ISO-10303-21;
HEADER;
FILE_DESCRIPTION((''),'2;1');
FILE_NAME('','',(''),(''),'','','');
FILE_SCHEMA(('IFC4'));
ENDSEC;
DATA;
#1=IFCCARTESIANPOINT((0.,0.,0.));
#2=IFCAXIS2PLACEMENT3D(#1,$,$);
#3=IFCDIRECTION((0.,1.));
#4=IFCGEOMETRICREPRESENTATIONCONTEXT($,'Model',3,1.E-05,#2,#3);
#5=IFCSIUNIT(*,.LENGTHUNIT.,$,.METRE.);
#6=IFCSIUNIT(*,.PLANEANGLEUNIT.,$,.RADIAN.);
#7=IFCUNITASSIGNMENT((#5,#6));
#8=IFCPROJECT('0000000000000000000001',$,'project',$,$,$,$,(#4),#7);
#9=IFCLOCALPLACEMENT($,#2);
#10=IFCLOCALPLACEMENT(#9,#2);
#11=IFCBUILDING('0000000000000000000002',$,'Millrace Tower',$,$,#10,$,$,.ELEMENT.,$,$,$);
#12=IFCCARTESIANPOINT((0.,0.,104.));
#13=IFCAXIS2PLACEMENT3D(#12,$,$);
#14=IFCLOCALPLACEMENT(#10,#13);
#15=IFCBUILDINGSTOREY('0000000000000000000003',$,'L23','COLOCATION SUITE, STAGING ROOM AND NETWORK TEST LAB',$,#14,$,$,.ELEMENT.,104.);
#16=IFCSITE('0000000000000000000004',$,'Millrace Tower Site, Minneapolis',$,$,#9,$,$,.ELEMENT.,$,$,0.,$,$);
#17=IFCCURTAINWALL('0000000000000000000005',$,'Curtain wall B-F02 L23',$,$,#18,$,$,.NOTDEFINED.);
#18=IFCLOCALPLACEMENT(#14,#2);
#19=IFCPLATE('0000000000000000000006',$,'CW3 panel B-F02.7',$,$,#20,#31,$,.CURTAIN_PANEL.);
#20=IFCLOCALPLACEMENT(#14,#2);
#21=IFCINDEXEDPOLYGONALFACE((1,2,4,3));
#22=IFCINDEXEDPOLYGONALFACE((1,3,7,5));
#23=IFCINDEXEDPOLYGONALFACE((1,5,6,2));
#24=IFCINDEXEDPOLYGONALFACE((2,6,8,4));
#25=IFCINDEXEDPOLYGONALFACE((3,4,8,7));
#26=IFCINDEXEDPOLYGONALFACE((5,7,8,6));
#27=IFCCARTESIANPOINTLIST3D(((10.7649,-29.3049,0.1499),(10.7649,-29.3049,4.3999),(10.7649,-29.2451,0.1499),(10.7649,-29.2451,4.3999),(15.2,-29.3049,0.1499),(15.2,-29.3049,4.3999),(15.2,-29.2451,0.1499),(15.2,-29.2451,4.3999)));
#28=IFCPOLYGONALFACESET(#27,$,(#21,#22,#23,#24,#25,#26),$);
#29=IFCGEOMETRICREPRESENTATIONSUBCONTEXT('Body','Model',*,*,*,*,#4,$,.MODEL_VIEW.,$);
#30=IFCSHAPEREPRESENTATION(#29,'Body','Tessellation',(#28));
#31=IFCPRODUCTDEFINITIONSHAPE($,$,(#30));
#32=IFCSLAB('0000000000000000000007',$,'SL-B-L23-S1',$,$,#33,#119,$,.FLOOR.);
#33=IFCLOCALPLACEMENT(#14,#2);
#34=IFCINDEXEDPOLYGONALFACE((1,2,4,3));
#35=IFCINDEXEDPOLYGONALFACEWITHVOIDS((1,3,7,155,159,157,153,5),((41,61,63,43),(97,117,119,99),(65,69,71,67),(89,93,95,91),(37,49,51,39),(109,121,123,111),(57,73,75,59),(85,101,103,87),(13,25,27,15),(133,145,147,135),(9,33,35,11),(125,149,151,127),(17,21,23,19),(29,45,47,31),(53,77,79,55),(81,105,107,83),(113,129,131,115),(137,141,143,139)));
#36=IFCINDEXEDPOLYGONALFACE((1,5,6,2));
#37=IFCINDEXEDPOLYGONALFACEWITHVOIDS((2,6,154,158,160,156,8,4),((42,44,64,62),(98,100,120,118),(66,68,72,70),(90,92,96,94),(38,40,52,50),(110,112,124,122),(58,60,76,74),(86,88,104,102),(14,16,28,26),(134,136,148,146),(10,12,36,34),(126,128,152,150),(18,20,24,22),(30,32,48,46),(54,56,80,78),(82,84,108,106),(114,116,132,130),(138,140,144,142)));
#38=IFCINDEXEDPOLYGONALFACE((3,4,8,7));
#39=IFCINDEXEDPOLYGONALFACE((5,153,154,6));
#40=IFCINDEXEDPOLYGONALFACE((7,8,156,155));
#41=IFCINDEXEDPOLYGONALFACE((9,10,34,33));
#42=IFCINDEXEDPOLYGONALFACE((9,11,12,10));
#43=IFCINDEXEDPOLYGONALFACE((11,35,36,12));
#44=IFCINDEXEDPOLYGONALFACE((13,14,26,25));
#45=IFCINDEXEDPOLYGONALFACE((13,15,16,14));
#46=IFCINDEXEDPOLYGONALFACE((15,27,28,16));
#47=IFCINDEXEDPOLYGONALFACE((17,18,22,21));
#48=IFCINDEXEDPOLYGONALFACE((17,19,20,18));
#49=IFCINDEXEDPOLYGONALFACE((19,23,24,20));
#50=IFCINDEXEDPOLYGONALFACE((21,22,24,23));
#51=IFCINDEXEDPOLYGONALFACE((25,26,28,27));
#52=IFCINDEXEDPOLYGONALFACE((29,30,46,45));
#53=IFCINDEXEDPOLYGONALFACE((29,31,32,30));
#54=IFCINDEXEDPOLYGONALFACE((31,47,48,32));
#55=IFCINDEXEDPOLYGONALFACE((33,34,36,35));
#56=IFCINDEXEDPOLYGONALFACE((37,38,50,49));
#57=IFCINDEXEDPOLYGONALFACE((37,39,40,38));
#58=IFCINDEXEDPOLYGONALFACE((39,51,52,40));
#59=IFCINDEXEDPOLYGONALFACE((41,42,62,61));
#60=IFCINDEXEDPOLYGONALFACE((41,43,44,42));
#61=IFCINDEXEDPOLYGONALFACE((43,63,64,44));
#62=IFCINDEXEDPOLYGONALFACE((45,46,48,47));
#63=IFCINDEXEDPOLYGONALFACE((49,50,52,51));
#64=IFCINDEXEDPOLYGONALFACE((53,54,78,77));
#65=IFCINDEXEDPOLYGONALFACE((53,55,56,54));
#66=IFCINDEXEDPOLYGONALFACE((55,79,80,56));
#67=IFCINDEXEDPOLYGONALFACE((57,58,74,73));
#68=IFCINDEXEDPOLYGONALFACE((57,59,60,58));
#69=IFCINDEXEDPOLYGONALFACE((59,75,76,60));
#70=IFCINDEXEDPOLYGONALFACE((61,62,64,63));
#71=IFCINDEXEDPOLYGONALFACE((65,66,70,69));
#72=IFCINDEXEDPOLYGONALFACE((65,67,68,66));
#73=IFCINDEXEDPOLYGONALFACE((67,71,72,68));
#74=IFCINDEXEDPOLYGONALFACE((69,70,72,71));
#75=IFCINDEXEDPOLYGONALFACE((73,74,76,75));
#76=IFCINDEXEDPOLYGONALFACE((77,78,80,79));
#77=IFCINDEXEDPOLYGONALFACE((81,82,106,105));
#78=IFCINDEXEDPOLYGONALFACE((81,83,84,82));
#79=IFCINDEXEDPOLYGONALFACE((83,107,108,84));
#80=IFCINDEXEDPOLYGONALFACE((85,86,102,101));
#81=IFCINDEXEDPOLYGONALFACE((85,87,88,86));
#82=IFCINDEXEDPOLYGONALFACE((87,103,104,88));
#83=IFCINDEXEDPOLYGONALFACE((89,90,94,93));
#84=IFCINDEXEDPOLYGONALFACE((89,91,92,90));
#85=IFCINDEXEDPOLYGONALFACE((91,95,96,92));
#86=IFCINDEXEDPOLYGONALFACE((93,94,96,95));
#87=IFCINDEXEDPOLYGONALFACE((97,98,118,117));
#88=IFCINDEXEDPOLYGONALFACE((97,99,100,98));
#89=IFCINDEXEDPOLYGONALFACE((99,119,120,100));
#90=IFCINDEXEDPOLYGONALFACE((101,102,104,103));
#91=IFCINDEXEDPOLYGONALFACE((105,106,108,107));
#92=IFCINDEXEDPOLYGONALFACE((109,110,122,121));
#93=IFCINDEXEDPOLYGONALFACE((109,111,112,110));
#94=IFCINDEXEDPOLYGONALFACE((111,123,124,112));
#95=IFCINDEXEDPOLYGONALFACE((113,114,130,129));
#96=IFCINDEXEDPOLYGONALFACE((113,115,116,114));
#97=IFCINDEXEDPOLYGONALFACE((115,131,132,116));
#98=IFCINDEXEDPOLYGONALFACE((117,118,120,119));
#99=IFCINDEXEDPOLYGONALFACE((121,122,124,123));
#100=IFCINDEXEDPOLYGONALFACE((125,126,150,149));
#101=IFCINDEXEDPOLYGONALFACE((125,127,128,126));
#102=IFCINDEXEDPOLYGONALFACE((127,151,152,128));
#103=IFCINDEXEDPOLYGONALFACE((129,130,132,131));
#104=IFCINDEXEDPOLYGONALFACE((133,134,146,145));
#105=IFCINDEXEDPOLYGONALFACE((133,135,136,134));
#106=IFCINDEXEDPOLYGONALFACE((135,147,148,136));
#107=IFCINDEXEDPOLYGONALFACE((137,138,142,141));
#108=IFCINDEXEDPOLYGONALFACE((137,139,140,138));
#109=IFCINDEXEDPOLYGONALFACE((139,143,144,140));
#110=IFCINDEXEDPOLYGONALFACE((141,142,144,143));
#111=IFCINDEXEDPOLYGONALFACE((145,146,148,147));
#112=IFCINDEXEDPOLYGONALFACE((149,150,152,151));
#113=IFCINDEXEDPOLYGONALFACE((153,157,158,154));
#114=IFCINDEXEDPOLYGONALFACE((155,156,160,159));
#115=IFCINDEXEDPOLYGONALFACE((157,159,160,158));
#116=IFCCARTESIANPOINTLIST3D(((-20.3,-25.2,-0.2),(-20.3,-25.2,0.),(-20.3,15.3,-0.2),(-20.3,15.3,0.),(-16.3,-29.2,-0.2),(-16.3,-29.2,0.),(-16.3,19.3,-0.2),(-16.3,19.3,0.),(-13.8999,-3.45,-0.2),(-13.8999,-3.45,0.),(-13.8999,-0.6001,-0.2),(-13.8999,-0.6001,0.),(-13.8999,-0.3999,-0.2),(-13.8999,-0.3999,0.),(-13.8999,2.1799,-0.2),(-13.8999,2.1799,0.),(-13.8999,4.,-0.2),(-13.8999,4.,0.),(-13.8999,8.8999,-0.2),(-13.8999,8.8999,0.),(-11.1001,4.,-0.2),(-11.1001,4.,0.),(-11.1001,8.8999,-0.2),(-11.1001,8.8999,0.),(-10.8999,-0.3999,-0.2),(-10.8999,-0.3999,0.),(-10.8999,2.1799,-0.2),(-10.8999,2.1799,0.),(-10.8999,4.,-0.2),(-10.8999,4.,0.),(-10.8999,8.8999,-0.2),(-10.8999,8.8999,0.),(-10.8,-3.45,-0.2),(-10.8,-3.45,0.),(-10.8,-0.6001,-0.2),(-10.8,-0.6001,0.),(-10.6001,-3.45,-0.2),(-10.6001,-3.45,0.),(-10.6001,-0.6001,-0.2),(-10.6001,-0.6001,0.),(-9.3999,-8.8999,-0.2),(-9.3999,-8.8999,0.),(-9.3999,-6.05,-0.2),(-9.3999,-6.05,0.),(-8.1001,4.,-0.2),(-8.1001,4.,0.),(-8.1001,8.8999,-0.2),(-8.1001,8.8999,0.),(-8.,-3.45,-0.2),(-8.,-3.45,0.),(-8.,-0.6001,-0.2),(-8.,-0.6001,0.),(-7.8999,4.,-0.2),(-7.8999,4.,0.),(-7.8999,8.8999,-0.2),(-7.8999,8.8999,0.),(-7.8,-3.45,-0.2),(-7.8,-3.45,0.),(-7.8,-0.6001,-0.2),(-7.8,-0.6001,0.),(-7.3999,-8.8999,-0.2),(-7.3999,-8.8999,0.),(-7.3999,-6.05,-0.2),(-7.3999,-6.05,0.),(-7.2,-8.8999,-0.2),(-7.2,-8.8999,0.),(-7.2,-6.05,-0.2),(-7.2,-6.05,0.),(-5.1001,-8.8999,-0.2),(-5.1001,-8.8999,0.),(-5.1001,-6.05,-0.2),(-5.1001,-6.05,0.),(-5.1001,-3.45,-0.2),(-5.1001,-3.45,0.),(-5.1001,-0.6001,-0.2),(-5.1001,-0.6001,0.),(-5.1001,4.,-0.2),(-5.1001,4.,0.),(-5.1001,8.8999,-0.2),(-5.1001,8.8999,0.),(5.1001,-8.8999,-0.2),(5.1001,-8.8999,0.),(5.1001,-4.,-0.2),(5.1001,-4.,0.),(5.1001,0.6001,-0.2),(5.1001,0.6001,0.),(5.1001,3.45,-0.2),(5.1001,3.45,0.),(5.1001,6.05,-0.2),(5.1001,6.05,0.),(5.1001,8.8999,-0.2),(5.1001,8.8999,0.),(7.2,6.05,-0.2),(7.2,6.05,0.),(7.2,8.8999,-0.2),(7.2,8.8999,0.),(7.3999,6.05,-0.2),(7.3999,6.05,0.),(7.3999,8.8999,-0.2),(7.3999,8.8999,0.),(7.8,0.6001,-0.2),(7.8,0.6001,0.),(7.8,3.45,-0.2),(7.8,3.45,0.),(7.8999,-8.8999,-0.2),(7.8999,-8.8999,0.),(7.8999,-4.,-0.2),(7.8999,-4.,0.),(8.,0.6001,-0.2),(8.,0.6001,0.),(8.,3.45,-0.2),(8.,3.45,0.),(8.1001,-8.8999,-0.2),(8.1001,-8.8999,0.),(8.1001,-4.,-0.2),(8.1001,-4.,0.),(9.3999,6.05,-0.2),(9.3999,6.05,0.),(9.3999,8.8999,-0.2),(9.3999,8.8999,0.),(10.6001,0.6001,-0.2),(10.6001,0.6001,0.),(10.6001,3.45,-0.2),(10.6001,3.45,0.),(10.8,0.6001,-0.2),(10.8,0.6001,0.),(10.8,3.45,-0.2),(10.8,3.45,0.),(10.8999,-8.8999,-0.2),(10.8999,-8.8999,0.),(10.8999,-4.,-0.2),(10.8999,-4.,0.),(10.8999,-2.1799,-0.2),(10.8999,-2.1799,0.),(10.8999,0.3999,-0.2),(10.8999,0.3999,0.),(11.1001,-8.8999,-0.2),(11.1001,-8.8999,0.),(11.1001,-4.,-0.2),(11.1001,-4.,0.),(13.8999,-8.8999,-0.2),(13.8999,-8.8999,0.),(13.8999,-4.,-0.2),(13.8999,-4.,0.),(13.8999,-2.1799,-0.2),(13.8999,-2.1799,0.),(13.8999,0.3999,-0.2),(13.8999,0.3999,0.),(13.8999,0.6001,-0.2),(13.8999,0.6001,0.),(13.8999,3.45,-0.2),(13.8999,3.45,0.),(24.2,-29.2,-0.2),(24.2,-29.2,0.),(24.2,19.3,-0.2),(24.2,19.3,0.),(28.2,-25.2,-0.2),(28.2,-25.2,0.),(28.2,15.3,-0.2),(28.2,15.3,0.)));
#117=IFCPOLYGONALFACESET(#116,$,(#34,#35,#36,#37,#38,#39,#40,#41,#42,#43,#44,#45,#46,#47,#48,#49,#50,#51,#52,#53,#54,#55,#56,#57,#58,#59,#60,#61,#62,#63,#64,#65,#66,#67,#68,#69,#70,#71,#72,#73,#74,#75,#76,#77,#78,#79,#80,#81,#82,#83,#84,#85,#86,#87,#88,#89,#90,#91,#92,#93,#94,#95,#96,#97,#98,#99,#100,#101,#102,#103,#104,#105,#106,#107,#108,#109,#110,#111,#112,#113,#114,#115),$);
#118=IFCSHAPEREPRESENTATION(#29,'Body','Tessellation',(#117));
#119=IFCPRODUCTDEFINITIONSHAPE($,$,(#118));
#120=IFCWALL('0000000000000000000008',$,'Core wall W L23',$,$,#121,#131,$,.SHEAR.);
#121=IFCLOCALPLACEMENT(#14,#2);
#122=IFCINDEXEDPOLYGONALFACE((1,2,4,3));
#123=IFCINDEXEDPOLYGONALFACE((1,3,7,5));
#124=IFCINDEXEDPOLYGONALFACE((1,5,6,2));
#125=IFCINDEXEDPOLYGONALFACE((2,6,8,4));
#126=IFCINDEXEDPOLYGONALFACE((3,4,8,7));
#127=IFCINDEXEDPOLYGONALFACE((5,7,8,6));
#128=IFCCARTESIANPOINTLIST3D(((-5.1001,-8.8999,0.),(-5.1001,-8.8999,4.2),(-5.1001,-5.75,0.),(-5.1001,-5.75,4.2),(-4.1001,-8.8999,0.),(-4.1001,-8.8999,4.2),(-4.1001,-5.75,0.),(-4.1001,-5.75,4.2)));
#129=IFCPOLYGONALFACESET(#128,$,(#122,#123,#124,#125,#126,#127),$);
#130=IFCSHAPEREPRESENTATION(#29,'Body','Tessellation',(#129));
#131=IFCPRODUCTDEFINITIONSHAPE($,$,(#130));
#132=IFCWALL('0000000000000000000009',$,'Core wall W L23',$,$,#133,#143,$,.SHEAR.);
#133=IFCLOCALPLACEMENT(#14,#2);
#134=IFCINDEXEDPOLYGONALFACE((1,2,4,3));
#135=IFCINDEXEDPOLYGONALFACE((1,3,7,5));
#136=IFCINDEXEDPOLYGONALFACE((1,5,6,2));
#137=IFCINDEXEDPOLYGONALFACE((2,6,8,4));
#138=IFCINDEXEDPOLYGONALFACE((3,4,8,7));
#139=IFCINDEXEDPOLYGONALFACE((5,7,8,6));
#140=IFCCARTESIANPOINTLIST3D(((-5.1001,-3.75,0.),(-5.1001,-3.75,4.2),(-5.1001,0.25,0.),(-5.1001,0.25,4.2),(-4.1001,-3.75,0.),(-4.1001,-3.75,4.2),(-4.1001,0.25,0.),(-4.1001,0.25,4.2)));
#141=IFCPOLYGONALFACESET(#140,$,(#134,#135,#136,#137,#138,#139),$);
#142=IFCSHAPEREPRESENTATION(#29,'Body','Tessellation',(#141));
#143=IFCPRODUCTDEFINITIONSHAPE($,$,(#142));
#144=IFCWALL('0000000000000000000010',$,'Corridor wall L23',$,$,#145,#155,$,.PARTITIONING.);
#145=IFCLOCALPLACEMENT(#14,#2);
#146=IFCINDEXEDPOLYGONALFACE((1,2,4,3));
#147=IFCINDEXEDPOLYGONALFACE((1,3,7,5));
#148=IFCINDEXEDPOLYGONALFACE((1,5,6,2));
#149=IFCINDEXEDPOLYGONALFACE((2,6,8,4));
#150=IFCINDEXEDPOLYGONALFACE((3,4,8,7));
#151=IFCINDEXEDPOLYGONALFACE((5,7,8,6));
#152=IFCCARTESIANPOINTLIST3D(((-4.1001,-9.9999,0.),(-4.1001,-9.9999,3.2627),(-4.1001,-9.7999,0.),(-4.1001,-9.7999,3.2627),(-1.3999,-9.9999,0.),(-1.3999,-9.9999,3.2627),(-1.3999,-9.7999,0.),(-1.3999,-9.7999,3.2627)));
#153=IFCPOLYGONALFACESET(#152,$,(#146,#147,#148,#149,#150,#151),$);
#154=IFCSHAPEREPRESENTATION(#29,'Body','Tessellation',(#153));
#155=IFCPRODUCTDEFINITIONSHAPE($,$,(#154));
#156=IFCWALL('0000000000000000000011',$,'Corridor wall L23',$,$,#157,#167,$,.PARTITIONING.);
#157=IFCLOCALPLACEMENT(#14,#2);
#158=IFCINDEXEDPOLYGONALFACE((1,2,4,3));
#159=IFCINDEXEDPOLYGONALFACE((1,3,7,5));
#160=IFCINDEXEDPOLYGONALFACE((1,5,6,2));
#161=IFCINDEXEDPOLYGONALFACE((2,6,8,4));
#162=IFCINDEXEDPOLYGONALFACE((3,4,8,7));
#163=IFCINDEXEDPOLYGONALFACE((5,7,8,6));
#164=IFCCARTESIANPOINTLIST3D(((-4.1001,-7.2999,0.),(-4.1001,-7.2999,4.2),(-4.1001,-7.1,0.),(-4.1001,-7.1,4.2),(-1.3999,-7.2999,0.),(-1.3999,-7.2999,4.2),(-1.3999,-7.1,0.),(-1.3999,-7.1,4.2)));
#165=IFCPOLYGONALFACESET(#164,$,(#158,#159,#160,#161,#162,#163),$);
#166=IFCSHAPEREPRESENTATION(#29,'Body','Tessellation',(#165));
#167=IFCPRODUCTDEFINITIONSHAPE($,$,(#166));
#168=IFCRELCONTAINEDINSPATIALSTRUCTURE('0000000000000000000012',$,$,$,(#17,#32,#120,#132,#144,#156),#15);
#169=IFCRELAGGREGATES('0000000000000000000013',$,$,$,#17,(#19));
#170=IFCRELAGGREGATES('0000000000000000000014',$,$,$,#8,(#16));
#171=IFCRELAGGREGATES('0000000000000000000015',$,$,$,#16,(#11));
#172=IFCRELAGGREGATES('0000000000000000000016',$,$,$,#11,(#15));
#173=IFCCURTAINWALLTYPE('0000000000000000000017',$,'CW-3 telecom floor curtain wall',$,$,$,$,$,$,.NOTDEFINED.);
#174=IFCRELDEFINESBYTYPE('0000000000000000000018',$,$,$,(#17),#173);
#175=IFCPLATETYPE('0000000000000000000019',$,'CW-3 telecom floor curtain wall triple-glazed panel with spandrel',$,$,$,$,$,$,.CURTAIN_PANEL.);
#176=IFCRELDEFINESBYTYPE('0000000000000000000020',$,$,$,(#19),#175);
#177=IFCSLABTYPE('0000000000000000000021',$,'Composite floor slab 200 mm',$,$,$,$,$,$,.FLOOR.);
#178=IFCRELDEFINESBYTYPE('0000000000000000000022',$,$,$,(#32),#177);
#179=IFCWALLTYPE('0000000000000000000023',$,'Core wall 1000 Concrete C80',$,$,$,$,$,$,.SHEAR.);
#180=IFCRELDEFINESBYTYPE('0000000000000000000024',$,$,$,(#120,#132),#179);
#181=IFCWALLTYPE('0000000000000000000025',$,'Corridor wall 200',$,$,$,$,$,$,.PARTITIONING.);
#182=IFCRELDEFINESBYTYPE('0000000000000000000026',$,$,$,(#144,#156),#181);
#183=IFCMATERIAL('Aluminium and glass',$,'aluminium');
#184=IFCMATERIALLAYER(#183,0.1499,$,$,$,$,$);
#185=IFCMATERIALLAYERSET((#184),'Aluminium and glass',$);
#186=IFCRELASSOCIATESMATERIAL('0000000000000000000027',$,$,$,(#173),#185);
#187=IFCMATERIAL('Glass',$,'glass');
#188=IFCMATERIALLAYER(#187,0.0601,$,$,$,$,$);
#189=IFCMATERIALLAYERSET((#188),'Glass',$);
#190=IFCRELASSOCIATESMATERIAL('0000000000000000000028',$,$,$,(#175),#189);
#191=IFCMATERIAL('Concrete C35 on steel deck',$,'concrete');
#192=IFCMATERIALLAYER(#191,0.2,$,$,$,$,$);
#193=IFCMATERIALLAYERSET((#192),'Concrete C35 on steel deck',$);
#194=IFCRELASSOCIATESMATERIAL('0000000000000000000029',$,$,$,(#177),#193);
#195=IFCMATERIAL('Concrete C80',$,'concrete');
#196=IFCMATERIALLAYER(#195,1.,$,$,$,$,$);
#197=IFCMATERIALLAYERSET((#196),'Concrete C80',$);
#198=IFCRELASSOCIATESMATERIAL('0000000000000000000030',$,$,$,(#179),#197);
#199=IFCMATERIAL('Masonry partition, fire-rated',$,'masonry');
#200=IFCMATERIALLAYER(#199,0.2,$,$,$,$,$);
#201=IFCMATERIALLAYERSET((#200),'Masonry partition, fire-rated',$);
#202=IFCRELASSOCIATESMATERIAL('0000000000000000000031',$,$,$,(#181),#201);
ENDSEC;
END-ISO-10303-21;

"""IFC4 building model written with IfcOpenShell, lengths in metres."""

from ifc_helpers import new_model, si_unit, direction, frame, frame_2d, origin, place, context, subcontext, project, spatial, polyline, rectangle, outline, extrude, material, layer, layer_set, type_object, element, aggregate, save


model = new_model("IFC4")

# Units and contexts
model_context = context("Model", 3, precision=1e-05, world=origin(), true_north=direction((0.0, 1.0)))
body_context = subcontext(model_context, "Body", "Model", "MODEL_VIEW")
ifc_project = project(units=[si_unit("LENGTHUNIT", "METRE"), si_unit("PLANEANGLEUNIT", "RADIAN")], contexts=[model_context])

# Site, building, storey
site_placement = place(None, origin())
site = spatial("IfcSite", under=ifc_project, at=site_placement, Name="Millrace Tower Site, Minneapolis", CompositionType="ELEMENT", RefElevation=0.0)
building_placement = place(site_placement, origin())
building = spatial("IfcBuilding", under=site, at=building_placement, Name="Millrace Tower", CompositionType="ELEMENT")
storey_placement = place(building_placement, frame((0.0, 0.0, 104.0)))
storey = spatial("IfcBuildingStorey", under=building, at=storey_placement, Name="L23", Description="COLOCATION SUITE, STAGING ROOM AND NETWORK TEST LAB", CompositionType="ELEMENT", Elevation=104.0)

# Shared definitions
ifc_material_1 = material(Name="Aluminium and glass", Category="aluminium")
ifc_layer_1 = layer(ifc_material_1, 0.1499)
ifc_layer_set_1 = layer_set([ifc_layer_1], Name="Aluminium and glass")
curtain_wall_type = type_object("IfcCurtainWallType", Name="CW-3 telecom floor curtain wall", PredefinedType="NOTDEFINED", material=ifc_layer_set_1)
placement_1 = place(storey_placement, origin())
ifc_material_2 = material(Name="Glass", Category="glass")
ifc_layer_2 = layer(ifc_material_2, 0.0601)
ifc_layer_set_2 = layer_set([ifc_layer_2], Name="Glass")
plate_type = type_object("IfcPlateType", Name="CW-3 telecom floor curtain wall triple-glazed panel with spandrel", PredefinedType="CURTAIN_PANEL", material=ifc_layer_set_2)
placement_2 = place(storey_placement, frame((0.0, 0.0, 0.1499)))

# Curtain wall, plate
curtain_wall_1 = element("IfcCurtainWall", 1, at=placement_1, inside=storey, type_object=curtain_wall_type, Name="Curtain wall B-F02 L23", PredefinedType="NOTDEFINED")
plate_1 = element("IfcPlate", 2, at=placement_2, type_object=plate_type, Name="CW3 panel B-F02.7", PredefinedType="CURTAIN_PANEL", context=body_context, shape_type="SweptSolid", body=[
    extrude(outline(polyline([(10.7649, -29.3049), (15.2, -29.3049), (15.2, -29.2451), (10.7649, -29.2451), (10.7649, -29.3049)])), origin(), (0.0, 0.0, 1.0), 4.25),
])
aggregate(curtain_wall_1, [plate_1])

# Slab
ifc_material_3 = material(Name="Concrete C35 on steel deck", Category="concrete")
ifc_layer_3 = layer(ifc_material_3, 0.2)
ifc_layer_set_3 = layer_set([ifc_layer_3], Name="Concrete C35 on steel deck")
slab_type = type_object("IfcSlabType", Name="Composite floor slab 200 mm", PredefinedType="FLOOR", material=ifc_layer_set_3)
slab_placement = place(storey_placement, frame((0.0, 0.0, -0.2)))
element("IfcSlab", 3, at=slab_placement, inside=storey, type_object=slab_type, Name="SL-B-L23-S1", PredefinedType="FLOOR", context=body_context, shape_type="SweptSolid", body=[
    extrude(outline(polyline([(-20.3, -25.2), (-16.3, -29.2), (24.2, -29.2), (28.2, -25.2), (28.2, 15.3), (24.2, 19.3), (-16.3, 19.3), (-20.3, 15.3), (-20.3, -25.2)]), holes=[polyline([(-9.3999, -8.8999), (-7.3999, -8.8999), (-7.3999, -6.05), (-9.3999, -6.05), (-9.3999, -8.8999)]), polyline([(-7.2, -8.8999), (-5.1001, -8.8999), (-5.1001, -6.05), (-7.2, -6.05), (-7.2, -8.8999)]), polyline([(-13.8999, -3.45), (-10.8, -3.45), (-10.8, -0.6001), (-13.8999, -0.6001), (-13.8999, -3.45)]), polyline([(-10.6001, -3.45), (-8.0, -3.45), (-8.0, -0.6001), (-10.6001, -0.6001), (-10.6001, -3.45)]), polyline([(-7.8, -3.45), (-5.1001, -3.45), (-5.1001, -0.6001), (-7.8, -0.6001), (-7.8, -3.45)]), polyline([(-13.8999, -0.3999), (-10.8999, -0.3999), (-10.8999, 2.1799), (-13.8999, 2.1799), (-13.8999, -0.3999)]), polyline([(-13.8999, 4.0), (-11.1001, 4.0), (-11.1001, 8.8999), (-13.8999, 8.8999), (-13.8999, 4.0)]), polyline([(-10.8999, 4.0), (-8.1001, 4.0), (-8.1001, 8.8999), (-10.8999, 8.8999), (-10.8999, 4.0)]), polyline([(-7.8999, 4.0), (-5.1001, 4.0), (-5.1001, 8.8999), (-7.8999, 8.8999), (-7.8999, 4.0)]), polyline([(7.3999, 6.05), (9.3999, 6.05), (9.3999, 8.8999), (7.3999, 8.8999), (7.3999, 6.05)]), polyline([(5.1001, 6.05), (7.2, 6.05), (7.2, 8.8999), (5.1001, 8.8999), (5.1001, 6.05)]), polyline([(10.8, 0.6001), (13.8999, 0.6001), (13.8999, 3.45), (10.8, 3.45), (10.8, 0.6001)]), polyline([(8.0, 0.6001), (10.6001, 0.6001), (10.6001, 3.45), (8.0, 3.45), (8.0, 0.6001)]), polyline([(5.1001, 0.6001), (7.8, 0.6001), (7.8, 3.45), (5.1001, 3.45), (5.1001, 0.6001)]), polyline([(10.8999, -2.1799), (13.8999, -2.1799), (13.8999, 0.3999), (10.8999, 0.3999), (10.8999, -2.1799)]), polyline([(11.1001, -8.8999), (13.8999, -8.8999), (13.8999, -4.0), (11.1001, -4.0), (11.1001, -8.8999)]), polyline([(8.1001, -8.8999), (10.8999, -8.8999), (10.8999, -4.0), (8.1001, -4.0), (8.1001, -8.8999)]), polyline([(5.1001, -8.8999), (7.8999, -8.8999), (7.8999, -4.0), (5.1001, -4.0), (5.1001, -8.8999)])]), origin(), (0.0, 0.0, 1.0), 0.2),
])

# Walls
ifc_material_4 = material(Name="Concrete C80", Category="concrete")
ifc_layer_4 = layer(ifc_material_4, 1.0)
ifc_layer_set_4 = layer_set([ifc_layer_4], Name="Concrete C80")
wall_type_1 = type_object("IfcWallType", Name="Core wall 1000 Concrete C80", PredefinedType="SHEAR", material=ifc_layer_set_4)
wall_1_placement = place(storey_placement, frame((-4.6001, -8.8999, 0.0), z_axis=(0.0, 0.0, 1.0), x_axis=(0.0, 1.0, 0.0)))
element("IfcWall", 4, at=wall_1_placement, inside=storey, type_object=wall_type_1, Name="Core wall W L23", PredefinedType="SHEAR", context=body_context, shape_type="SweptSolid", body=[
    extrude(rectangle(XDim=3.1499, YDim=1.0, at=frame_2d((1.575, 0.0))), origin(), (0.0, 0.0, 1.0), 4.2),
])
wall_2_placement = place(storey_placement, frame((-4.6001, -3.75, 0.0), z_axis=(0.0, 0.0, 1.0), x_axis=(0.0, 1.0, 0.0)))
element("IfcWall", 5, at=wall_2_placement, inside=storey, type_object=wall_type_1, Name="Core wall W L23", PredefinedType="SHEAR", context=body_context, shape_type="SweptSolid", body=[
    extrude(rectangle(XDim=4.0, YDim=1.0, at=frame_2d((2.0, 0.0))), origin(), (0.0, 0.0, 1.0), 4.2),
])
ifc_material_5 = material(Name="Masonry partition, fire-rated", Category="masonry")
ifc_layer_5 = layer(ifc_material_5, 0.2)
ifc_layer_set_5 = layer_set([ifc_layer_5], Name="Masonry partition, fire-rated")
wall_type_2 = type_object("IfcWallType", Name="Corridor wall 200", PredefinedType="PARTITIONING", material=ifc_layer_set_5)
wall_3_placement = place(storey_placement, frame((-4.1001, -9.8999, 0.0), z_axis=(0.0, 0.0, 1.0), x_axis=(1.0, 0.0, 0.0)))
element("IfcWall", 6, at=wall_3_placement, inside=storey, type_object=wall_type_2, Name="Corridor wall L23", PredefinedType="PARTITIONING", context=body_context, shape_type="SweptSolid", body=[
    extrude(rectangle(XDim=2.7002, YDim=0.2, at=frame_2d((1.3501, 0.0))), origin(), (0.0, 0.0, 1.0), 3.2627),
])
wall_4_placement = place(storey_placement, frame((-4.1001, -7.2, 0.0), z_axis=(0.0, 0.0, 1.0), x_axis=(1.0, 0.0, 0.0)))
element("IfcWall", 7, at=wall_4_placement, inside=storey, type_object=wall_type_2, Name="Corridor wall L23", PredefinedType="PARTITIONING", context=body_context, shape_type="SweptSolid", body=[
    extrude(rectangle(XDim=2.7002, YDim=0.2, at=frame_2d((1.3501, 0.0))), origin(), (0.0, 0.0, 1.0), 4.2),
])

save(model, "model.ifc")
